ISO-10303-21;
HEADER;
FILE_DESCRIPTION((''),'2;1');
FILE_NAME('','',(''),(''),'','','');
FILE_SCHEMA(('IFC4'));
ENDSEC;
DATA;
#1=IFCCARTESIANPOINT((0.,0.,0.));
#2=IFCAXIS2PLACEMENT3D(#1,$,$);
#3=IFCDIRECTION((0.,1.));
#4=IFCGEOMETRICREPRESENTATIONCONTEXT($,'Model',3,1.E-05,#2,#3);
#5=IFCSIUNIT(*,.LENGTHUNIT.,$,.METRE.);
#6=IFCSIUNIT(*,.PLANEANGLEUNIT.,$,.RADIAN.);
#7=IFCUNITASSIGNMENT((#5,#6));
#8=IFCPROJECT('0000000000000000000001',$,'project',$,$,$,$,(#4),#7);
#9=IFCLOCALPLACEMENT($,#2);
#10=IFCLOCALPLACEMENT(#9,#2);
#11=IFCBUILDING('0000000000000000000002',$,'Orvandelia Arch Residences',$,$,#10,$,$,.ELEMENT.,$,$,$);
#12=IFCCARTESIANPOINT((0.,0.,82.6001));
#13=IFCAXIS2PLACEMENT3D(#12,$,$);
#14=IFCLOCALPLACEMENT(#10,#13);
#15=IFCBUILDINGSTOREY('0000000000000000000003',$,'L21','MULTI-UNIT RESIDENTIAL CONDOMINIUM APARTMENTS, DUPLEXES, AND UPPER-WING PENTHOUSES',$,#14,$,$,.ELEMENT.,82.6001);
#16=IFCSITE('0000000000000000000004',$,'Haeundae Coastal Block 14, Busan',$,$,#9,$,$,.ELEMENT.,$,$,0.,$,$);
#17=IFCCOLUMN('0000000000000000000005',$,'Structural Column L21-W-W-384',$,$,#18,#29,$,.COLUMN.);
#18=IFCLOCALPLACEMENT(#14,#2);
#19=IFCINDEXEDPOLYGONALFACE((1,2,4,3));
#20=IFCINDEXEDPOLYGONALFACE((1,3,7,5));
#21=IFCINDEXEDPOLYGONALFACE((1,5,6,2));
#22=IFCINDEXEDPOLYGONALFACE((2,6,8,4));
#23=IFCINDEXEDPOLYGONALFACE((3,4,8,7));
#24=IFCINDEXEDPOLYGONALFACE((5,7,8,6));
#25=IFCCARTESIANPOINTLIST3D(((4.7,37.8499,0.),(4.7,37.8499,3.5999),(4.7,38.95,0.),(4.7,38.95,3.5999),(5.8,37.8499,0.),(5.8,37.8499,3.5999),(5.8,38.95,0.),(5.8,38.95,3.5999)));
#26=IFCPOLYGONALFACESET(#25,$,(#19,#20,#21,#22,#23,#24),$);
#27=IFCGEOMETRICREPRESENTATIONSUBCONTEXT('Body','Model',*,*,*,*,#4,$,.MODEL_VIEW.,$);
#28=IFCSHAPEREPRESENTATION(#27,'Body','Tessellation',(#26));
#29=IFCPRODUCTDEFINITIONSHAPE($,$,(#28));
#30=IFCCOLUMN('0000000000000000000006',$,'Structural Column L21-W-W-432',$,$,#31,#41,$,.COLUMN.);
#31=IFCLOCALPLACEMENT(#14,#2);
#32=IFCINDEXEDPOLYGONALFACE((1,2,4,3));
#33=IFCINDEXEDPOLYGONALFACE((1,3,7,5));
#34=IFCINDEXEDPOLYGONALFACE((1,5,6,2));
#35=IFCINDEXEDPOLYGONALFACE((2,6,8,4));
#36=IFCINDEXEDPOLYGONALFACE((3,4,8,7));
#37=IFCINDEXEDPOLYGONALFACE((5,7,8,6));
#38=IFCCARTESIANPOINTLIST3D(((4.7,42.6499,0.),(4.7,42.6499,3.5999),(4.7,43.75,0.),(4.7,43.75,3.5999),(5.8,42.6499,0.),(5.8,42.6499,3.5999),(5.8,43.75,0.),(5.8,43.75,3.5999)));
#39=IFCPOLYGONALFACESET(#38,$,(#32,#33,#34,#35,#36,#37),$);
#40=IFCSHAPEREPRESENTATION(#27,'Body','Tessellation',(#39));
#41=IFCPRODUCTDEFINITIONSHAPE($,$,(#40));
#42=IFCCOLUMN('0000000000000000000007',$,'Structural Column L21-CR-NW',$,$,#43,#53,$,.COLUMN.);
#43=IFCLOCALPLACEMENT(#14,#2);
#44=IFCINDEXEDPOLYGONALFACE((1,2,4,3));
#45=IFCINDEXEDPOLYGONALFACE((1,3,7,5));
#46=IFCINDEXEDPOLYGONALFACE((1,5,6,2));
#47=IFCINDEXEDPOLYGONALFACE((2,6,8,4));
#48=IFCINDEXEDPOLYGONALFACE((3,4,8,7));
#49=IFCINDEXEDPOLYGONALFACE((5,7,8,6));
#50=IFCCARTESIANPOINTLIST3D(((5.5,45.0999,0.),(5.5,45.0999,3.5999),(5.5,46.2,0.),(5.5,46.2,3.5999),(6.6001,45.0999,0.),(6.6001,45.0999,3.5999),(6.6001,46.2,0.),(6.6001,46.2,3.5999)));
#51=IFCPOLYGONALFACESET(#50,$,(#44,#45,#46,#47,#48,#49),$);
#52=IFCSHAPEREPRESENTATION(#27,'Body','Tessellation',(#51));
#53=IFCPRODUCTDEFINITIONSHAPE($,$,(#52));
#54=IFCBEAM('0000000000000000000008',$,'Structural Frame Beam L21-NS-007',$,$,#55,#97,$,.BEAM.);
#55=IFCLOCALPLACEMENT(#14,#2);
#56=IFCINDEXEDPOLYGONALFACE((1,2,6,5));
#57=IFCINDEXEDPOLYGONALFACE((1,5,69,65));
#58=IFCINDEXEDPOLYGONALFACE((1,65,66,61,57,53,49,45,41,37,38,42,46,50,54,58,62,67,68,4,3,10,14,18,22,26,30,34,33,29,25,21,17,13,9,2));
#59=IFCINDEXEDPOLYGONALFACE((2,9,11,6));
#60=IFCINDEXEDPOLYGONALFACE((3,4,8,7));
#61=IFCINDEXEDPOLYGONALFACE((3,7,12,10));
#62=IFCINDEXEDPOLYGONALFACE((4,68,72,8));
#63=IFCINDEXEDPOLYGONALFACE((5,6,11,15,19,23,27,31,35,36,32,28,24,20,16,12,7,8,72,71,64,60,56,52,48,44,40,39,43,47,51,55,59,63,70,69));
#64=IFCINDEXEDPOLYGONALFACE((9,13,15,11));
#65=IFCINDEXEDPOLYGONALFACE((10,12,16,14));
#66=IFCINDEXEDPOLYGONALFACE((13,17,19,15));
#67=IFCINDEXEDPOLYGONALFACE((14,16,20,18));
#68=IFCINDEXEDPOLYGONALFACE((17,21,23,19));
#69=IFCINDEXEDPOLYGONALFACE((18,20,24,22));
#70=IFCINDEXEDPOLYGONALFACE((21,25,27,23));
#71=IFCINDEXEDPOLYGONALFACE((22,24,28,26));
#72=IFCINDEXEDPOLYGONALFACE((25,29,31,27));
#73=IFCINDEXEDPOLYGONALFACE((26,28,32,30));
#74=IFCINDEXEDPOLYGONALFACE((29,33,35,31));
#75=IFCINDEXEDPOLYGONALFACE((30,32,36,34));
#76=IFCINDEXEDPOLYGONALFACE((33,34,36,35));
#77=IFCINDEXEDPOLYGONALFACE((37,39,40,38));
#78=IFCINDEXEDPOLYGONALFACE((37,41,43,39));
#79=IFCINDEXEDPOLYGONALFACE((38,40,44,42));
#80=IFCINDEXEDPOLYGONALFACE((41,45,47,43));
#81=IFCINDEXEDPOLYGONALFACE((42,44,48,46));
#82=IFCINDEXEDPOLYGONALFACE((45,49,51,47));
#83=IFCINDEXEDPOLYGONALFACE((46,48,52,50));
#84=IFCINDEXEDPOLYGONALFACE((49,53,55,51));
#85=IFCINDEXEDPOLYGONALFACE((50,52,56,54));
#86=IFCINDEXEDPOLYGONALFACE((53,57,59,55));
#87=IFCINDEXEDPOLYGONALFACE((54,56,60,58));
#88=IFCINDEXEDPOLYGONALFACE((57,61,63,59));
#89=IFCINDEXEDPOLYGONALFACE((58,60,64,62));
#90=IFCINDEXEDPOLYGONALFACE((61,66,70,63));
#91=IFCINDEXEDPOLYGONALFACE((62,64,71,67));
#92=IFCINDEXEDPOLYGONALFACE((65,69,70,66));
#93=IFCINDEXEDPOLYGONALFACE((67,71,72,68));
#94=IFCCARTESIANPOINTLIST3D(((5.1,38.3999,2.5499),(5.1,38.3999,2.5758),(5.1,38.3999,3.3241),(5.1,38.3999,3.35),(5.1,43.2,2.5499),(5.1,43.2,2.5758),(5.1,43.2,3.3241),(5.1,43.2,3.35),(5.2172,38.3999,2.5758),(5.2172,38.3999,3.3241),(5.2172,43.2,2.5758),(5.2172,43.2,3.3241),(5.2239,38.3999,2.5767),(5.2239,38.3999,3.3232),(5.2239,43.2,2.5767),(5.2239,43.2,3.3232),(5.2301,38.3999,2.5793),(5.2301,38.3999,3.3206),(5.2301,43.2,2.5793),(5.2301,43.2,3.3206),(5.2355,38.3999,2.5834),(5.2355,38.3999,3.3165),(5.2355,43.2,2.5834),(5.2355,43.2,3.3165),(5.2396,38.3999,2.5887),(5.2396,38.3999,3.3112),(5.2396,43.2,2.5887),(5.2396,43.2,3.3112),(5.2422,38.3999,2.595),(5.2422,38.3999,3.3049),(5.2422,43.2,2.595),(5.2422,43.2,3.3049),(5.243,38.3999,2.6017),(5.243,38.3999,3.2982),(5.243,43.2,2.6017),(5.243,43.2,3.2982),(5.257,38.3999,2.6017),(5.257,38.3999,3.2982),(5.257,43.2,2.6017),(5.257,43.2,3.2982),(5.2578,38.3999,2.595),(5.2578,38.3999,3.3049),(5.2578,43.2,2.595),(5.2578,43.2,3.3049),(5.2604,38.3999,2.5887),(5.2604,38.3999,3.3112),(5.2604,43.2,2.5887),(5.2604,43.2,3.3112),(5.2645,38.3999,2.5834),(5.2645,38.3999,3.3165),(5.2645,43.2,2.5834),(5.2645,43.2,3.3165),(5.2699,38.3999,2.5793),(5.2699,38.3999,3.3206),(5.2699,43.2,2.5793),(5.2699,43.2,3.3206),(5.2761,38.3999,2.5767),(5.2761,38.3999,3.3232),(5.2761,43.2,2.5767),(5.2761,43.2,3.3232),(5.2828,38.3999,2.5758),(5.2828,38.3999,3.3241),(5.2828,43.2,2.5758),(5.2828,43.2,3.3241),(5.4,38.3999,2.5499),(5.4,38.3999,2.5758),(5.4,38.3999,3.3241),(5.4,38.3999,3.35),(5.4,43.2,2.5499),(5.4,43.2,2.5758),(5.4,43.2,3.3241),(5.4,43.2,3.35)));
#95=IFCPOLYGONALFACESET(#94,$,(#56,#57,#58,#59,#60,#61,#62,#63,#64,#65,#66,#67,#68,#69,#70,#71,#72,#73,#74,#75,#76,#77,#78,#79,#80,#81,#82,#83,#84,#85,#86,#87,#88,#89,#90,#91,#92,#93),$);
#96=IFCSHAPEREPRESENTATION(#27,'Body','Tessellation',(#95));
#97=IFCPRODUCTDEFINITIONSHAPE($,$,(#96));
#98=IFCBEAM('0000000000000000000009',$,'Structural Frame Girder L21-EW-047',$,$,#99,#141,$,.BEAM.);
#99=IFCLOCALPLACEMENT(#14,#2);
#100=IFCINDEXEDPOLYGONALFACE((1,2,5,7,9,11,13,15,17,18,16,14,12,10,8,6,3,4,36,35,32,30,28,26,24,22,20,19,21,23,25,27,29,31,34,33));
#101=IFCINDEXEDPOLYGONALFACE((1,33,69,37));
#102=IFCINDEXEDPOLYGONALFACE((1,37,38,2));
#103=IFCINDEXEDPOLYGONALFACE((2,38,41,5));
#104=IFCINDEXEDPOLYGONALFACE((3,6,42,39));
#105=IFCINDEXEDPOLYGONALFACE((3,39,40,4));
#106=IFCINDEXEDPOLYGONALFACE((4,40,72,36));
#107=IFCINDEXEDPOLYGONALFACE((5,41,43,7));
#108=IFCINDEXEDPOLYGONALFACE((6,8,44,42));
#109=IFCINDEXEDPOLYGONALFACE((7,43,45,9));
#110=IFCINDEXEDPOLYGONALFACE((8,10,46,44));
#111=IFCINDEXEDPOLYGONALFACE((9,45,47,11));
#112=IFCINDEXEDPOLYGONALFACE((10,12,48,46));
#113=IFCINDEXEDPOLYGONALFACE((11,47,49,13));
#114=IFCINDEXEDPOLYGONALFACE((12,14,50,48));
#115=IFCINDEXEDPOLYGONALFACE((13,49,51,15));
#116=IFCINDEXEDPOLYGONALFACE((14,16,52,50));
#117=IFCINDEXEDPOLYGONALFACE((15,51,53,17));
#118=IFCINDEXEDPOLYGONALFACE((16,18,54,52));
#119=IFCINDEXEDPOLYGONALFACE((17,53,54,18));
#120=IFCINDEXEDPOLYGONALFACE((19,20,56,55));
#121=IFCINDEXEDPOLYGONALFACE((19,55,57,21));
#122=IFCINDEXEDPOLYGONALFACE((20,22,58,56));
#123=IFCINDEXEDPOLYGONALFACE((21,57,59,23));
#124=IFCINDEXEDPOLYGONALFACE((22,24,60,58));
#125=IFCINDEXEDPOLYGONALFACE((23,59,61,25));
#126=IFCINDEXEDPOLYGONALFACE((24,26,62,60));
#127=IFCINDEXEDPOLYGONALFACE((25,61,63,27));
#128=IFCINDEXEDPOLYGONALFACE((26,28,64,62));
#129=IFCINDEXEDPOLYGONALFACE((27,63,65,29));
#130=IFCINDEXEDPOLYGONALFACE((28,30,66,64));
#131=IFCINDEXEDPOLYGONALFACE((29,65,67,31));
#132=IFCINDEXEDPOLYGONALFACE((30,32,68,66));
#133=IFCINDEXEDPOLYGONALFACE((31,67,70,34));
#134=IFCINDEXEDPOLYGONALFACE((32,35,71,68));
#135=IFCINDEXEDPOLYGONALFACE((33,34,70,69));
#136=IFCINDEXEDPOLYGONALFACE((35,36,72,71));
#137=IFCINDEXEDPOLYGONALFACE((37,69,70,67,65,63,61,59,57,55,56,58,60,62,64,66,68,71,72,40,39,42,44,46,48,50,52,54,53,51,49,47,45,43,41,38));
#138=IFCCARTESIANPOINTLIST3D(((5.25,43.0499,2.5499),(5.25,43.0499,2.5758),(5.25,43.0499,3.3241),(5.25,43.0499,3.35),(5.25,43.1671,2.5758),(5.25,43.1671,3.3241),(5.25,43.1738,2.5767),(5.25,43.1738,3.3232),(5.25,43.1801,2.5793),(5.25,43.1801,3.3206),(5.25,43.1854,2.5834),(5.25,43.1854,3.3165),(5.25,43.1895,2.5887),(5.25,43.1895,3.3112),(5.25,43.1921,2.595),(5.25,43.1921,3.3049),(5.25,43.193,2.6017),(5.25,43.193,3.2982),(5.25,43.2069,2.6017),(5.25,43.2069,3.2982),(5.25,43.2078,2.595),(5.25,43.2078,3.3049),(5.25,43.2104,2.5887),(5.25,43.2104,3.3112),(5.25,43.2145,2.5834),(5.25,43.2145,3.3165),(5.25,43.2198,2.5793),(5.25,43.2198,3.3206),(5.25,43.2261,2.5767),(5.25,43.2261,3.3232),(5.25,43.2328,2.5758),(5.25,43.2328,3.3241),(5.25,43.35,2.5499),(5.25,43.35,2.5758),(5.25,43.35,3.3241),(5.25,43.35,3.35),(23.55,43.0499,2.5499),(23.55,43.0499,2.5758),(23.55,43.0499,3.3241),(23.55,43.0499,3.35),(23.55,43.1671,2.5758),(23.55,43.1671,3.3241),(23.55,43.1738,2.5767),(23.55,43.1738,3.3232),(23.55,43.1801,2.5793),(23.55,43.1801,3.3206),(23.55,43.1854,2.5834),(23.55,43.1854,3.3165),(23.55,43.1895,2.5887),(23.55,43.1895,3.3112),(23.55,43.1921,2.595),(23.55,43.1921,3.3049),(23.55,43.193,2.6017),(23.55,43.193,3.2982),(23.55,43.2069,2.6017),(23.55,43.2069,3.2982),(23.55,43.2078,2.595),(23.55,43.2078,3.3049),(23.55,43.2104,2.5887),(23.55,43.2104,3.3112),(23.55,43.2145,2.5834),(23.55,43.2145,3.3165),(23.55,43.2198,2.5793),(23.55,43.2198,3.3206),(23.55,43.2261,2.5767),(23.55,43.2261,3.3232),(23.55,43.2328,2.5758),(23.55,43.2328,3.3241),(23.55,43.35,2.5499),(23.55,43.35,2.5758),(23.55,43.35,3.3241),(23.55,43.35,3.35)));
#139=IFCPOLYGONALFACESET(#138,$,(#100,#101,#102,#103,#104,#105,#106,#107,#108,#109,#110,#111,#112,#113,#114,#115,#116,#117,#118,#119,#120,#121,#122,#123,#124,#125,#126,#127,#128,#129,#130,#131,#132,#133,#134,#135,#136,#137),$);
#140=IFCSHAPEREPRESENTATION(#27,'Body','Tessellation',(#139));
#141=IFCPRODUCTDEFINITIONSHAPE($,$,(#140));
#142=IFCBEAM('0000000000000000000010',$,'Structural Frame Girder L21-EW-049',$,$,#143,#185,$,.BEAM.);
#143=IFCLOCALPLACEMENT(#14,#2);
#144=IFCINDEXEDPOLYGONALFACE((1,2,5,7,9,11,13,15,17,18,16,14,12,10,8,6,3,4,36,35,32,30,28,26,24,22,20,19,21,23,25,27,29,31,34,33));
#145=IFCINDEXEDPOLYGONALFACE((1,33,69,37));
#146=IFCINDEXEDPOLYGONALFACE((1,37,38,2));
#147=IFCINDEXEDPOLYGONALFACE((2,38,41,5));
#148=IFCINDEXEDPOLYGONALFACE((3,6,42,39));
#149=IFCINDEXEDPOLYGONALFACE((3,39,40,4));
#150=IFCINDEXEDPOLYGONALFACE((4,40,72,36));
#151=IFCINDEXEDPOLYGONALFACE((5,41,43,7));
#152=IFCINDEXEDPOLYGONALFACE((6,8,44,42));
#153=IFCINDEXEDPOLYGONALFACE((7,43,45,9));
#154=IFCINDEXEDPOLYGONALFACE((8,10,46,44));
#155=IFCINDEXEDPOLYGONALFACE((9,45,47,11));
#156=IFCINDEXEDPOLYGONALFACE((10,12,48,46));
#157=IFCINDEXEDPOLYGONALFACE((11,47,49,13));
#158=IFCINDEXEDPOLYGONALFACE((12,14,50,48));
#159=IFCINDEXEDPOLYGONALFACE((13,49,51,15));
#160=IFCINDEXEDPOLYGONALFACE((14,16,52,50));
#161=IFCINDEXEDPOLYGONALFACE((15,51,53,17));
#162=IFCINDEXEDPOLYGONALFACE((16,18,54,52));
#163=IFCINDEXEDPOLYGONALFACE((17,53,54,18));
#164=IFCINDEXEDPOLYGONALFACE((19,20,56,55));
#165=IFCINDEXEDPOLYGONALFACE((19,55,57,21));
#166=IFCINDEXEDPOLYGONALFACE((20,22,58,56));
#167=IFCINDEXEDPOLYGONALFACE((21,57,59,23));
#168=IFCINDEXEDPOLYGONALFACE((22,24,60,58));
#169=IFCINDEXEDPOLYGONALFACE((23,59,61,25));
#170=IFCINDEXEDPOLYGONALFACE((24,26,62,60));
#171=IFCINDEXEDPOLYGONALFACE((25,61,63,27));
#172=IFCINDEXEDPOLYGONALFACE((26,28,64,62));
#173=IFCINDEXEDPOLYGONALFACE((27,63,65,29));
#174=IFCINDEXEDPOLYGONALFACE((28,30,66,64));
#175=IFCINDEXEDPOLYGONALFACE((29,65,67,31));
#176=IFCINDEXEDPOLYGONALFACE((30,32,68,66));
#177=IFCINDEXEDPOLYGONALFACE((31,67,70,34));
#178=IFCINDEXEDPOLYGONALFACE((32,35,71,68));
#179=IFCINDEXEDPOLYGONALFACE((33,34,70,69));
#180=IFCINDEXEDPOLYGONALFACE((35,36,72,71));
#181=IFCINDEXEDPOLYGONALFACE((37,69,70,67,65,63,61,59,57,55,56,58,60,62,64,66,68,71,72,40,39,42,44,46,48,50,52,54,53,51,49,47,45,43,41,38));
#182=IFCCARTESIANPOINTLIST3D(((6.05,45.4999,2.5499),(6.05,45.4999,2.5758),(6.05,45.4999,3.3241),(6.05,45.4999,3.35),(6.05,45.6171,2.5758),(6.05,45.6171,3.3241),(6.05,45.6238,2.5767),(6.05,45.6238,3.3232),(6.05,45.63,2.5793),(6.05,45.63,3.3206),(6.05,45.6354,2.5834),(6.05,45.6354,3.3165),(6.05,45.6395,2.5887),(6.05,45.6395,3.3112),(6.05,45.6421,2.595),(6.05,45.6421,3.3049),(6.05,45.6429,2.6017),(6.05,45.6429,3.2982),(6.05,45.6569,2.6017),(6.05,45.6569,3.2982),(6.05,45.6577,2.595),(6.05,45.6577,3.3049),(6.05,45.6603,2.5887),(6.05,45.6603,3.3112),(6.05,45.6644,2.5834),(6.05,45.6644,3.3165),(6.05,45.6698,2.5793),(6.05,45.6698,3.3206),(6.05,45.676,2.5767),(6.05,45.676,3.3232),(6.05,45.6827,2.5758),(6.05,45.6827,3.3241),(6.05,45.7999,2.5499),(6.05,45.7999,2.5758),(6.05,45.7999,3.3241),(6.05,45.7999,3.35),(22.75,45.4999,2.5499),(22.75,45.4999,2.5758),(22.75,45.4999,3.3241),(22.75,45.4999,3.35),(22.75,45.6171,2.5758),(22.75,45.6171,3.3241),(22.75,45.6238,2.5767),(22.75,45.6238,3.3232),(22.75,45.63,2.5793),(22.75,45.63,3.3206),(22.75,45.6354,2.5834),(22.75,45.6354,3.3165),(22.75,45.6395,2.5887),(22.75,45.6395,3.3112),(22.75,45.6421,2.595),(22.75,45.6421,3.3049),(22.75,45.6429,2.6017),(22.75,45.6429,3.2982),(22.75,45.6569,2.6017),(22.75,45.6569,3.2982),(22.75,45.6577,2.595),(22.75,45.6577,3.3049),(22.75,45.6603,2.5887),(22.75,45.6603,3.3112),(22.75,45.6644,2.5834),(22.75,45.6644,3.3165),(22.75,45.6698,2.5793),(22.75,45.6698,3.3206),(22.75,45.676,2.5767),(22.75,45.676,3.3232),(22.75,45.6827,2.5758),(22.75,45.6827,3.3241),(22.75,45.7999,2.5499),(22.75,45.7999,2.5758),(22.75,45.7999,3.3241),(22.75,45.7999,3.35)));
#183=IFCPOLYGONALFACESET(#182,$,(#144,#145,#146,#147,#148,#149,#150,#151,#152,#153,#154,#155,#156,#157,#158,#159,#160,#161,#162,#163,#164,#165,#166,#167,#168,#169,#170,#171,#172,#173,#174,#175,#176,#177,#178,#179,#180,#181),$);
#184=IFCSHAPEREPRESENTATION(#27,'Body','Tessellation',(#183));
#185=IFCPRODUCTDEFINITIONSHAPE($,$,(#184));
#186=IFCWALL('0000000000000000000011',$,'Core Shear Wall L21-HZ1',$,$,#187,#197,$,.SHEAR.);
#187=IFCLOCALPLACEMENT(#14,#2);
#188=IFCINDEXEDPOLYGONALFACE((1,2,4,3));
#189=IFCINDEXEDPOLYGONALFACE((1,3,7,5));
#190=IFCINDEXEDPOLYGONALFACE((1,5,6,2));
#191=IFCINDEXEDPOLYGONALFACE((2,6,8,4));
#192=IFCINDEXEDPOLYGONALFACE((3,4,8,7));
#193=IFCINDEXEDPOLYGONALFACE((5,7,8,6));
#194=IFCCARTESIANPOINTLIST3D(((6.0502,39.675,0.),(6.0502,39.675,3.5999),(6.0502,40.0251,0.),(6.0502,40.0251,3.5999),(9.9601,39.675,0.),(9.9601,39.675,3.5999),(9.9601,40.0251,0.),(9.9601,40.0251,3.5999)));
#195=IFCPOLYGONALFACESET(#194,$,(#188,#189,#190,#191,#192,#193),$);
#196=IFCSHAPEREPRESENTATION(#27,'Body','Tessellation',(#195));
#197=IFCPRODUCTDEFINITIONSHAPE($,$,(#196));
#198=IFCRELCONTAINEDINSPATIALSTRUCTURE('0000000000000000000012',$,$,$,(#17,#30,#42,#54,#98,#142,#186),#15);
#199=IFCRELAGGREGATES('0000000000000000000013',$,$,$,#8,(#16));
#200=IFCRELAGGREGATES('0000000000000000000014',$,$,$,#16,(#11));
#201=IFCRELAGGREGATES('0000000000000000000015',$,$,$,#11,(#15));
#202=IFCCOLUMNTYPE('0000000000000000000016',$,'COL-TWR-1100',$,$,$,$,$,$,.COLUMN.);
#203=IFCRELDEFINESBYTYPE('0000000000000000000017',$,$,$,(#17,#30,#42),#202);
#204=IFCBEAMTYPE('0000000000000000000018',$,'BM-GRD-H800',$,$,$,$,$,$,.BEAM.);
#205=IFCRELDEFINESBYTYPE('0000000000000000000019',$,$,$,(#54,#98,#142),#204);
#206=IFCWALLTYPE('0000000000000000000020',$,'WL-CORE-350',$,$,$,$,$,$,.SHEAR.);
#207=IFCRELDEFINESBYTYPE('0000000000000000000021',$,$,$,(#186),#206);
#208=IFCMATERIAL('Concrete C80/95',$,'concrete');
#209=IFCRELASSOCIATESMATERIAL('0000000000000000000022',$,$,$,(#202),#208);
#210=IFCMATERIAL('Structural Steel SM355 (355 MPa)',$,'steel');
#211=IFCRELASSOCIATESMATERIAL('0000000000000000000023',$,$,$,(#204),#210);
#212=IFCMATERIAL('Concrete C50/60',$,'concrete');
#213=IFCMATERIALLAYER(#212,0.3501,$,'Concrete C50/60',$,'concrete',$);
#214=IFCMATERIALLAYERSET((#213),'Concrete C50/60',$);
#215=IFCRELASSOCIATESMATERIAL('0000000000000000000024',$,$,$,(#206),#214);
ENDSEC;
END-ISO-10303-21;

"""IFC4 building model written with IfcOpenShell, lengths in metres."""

from ifc_helpers import new_model, si_unit, direction, frame, frame_2d, origin, origin_2d, place, context, subcontext, project, spatial, rectangle, i_section, extrude, material, layer, layer_set, material_profile, profile_set, type_object, element, save


model = new_model("IFC4")

# Units and contexts
model_context = context("Model", 3, precision=1e-05, world=origin(), true_north=direction((0.0, 1.0)))
body_context = subcontext(model_context, "Body", "Model", "MODEL_VIEW")
ifc_project = project(units=[si_unit("LENGTHUNIT", "METRE"), si_unit("PLANEANGLEUNIT", "RADIAN")], contexts=[model_context])

# Site, building, storey
site_placement = place(None, origin())
site = spatial("IfcSite", under=ifc_project, at=site_placement, Name="Haeundae Coastal Block 14, Busan", CompositionType="ELEMENT", RefElevation=0.0)
building_placement = place(site_placement, origin())
building = spatial("IfcBuilding", under=site, at=building_placement, Name="Orvandelia Arch Residences", CompositionType="ELEMENT")
storey_placement = place(building_placement, frame((0.0, 0.0, 82.6001)))
storey = spatial("IfcBuildingStorey", under=building, at=storey_placement, Name="L21", Description="MULTI-UNIT RESIDENTIAL CONDOMINIUM APARTMENTS, DUPLEXES, AND UPPER-WING PENTHOUSES", CompositionType="ELEMENT", Elevation=82.6001)

# Columns
ifc_material_1 = material(Name="Concrete C80/95", Category="concrete")
ifc_material_profile_1 = material_profile(ifc_material_1, rectangle(XDim=1.1001, YDim=1.1001, at=origin_2d()), Name="Concrete C80/95", Category="concrete")
ifc_profile_set_1 = profile_set([ifc_material_profile_1], Name="Concrete C80/95")
column_type = type_object("IfcColumnType", Name="COL-TWR-1100", PredefinedType="COLUMN", material=ifc_profile_set_1)
for number, where, z_axis, x_axis, name in (
    (1, (5.25, 38.3999, 0.0), (0.0, 0.0, 1.0), (1.0, 0.0, 0.0), "Structural Column L21-W-W-384"),
    (2, (5.25, 43.2, 0.0), (0.0, 0.0, 1.0), (1.0, 0.0, 0.0), "Structural Column L21-W-W-432"),
    (3, (6.05, 45.6499, 0.0), (0.0, 0.0, 1.0), (1.0, 0.0, 0.0), "Structural Column L21-CR-NW"),
):
    element("IfcColumn", number, at=place(storey_placement, frame(where, z_axis=z_axis, x_axis=x_axis)), inside=storey, type_object=column_type, Name=name, PredefinedType="COLUMN", context=body_context, shape_type="SweptSolid", body=[
        extrude(rectangle(XDim=1.1001, YDim=1.1001, at=origin_2d()), origin(), (0.0, 0.0, 1.0), 3.5999),
    ])

# Beams
ifc_material_2 = material(Name="Structural Steel SM355 (355 MPa)", Category="steel")
ifc_material_profile_2 = material_profile(ifc_material_2, i_section(OverallWidth=0.3, OverallDepth=0.8, WebThickness=0.0139, FlangeThickness=0.0259, FilletRadius=0.0259, at=origin_2d()), Name="Structural Steel SM355 (355 MPa)", Category="steel")
ifc_profile_set_2 = profile_set([ifc_material_profile_2], Name="Structural Steel SM355 (355 MPa)")
beam_type = type_object("IfcBeamType", Name="BM-GRD-H800", PredefinedType="BEAM", material=ifc_profile_set_2)
beam_1_placement = place(storey_placement, frame((5.25, 38.3999, 2.95), z_axis=(0.0, 1.0, 0.0), x_axis=(-1.0, 0.0, 0.0)))
element("IfcBeam", 4, at=beam_1_placement, inside=storey, type_object=beam_type, Name="Structural Frame Beam L21-NS-007", PredefinedType="BEAM", context=body_context, shape_type="SweptSolid", body=[
    extrude(i_section(OverallWidth=0.3, OverallDepth=0.8, WebThickness=0.0139, FlangeThickness=0.0259, FilletRadius=0.0259, at=origin_2d()), origin(), (0.0, 0.0, 1.0), 4.8),
])
beam_2_placement = place(storey_placement, frame((5.25, 43.2, 2.95), z_axis=(1.0, 0.0, 0.0), x_axis=(0.0, 1.0, 0.0)))
element("IfcBeam", 5, at=beam_2_placement, inside=storey, type_object=beam_type, Name="Structural Frame Girder L21-EW-047", PredefinedType="BEAM", context=body_context, shape_type="SweptSolid", body=[
    extrude(i_section(OverallWidth=0.3, OverallDepth=0.8, WebThickness=0.0139, FlangeThickness=0.0259, FilletRadius=0.0259, at=origin_2d()), origin(), (0.0, 0.0, 1.0), 18.3),
])
beam_3_placement = place(storey_placement, frame((6.05, 45.6499, 2.95), z_axis=(1.0, 0.0, 0.0), x_axis=(0.0, 1.0, 0.0)))
element("IfcBeam", 6, at=beam_3_placement, inside=storey, type_object=beam_type, Name="Structural Frame Girder L21-EW-049", PredefinedType="BEAM", context=body_context, shape_type="SweptSolid", body=[
    extrude(i_section(OverallWidth=0.3, OverallDepth=0.8, WebThickness=0.0139, FlangeThickness=0.0259, FilletRadius=0.0259, at=origin_2d()), origin(), (0.0, 0.0, 1.0), 16.7),
])

# Wall
ifc_material_3 = material(Name="Concrete C50/60", Category="concrete")
ifc_layer_1 = layer(ifc_material_3, 0.3501, Name="Concrete C50/60", Category="concrete")
ifc_layer_set_1 = layer_set([ifc_layer_1], Name="Concrete C50/60")
wall_type_1 = type_object("IfcWallType", Name="WL-CORE-350", PredefinedType="SHEAR", material=ifc_layer_set_1)
wall_1_placement = place(storey_placement, frame((6.05, 39.8501, 0.0), z_axis=(0.0, 0.0, 1.0), x_axis=(1.0, 0.0, 0.0)))
element("IfcWall", 7, at=wall_1_placement, inside=storey, type_object=wall_type_1, Name="Core Shear Wall L21-HZ1", PredefinedType="SHEAR", context=body_context, shape_type="SweptSolid", body=[
    extrude(rectangle(XDim=3.9099, YDim=0.3501, at=frame_2d((1.9551, 0.0))), origin(), (0.0, 0.0, 1.0), 3.5999),
])

save(model, "model.ifc")
